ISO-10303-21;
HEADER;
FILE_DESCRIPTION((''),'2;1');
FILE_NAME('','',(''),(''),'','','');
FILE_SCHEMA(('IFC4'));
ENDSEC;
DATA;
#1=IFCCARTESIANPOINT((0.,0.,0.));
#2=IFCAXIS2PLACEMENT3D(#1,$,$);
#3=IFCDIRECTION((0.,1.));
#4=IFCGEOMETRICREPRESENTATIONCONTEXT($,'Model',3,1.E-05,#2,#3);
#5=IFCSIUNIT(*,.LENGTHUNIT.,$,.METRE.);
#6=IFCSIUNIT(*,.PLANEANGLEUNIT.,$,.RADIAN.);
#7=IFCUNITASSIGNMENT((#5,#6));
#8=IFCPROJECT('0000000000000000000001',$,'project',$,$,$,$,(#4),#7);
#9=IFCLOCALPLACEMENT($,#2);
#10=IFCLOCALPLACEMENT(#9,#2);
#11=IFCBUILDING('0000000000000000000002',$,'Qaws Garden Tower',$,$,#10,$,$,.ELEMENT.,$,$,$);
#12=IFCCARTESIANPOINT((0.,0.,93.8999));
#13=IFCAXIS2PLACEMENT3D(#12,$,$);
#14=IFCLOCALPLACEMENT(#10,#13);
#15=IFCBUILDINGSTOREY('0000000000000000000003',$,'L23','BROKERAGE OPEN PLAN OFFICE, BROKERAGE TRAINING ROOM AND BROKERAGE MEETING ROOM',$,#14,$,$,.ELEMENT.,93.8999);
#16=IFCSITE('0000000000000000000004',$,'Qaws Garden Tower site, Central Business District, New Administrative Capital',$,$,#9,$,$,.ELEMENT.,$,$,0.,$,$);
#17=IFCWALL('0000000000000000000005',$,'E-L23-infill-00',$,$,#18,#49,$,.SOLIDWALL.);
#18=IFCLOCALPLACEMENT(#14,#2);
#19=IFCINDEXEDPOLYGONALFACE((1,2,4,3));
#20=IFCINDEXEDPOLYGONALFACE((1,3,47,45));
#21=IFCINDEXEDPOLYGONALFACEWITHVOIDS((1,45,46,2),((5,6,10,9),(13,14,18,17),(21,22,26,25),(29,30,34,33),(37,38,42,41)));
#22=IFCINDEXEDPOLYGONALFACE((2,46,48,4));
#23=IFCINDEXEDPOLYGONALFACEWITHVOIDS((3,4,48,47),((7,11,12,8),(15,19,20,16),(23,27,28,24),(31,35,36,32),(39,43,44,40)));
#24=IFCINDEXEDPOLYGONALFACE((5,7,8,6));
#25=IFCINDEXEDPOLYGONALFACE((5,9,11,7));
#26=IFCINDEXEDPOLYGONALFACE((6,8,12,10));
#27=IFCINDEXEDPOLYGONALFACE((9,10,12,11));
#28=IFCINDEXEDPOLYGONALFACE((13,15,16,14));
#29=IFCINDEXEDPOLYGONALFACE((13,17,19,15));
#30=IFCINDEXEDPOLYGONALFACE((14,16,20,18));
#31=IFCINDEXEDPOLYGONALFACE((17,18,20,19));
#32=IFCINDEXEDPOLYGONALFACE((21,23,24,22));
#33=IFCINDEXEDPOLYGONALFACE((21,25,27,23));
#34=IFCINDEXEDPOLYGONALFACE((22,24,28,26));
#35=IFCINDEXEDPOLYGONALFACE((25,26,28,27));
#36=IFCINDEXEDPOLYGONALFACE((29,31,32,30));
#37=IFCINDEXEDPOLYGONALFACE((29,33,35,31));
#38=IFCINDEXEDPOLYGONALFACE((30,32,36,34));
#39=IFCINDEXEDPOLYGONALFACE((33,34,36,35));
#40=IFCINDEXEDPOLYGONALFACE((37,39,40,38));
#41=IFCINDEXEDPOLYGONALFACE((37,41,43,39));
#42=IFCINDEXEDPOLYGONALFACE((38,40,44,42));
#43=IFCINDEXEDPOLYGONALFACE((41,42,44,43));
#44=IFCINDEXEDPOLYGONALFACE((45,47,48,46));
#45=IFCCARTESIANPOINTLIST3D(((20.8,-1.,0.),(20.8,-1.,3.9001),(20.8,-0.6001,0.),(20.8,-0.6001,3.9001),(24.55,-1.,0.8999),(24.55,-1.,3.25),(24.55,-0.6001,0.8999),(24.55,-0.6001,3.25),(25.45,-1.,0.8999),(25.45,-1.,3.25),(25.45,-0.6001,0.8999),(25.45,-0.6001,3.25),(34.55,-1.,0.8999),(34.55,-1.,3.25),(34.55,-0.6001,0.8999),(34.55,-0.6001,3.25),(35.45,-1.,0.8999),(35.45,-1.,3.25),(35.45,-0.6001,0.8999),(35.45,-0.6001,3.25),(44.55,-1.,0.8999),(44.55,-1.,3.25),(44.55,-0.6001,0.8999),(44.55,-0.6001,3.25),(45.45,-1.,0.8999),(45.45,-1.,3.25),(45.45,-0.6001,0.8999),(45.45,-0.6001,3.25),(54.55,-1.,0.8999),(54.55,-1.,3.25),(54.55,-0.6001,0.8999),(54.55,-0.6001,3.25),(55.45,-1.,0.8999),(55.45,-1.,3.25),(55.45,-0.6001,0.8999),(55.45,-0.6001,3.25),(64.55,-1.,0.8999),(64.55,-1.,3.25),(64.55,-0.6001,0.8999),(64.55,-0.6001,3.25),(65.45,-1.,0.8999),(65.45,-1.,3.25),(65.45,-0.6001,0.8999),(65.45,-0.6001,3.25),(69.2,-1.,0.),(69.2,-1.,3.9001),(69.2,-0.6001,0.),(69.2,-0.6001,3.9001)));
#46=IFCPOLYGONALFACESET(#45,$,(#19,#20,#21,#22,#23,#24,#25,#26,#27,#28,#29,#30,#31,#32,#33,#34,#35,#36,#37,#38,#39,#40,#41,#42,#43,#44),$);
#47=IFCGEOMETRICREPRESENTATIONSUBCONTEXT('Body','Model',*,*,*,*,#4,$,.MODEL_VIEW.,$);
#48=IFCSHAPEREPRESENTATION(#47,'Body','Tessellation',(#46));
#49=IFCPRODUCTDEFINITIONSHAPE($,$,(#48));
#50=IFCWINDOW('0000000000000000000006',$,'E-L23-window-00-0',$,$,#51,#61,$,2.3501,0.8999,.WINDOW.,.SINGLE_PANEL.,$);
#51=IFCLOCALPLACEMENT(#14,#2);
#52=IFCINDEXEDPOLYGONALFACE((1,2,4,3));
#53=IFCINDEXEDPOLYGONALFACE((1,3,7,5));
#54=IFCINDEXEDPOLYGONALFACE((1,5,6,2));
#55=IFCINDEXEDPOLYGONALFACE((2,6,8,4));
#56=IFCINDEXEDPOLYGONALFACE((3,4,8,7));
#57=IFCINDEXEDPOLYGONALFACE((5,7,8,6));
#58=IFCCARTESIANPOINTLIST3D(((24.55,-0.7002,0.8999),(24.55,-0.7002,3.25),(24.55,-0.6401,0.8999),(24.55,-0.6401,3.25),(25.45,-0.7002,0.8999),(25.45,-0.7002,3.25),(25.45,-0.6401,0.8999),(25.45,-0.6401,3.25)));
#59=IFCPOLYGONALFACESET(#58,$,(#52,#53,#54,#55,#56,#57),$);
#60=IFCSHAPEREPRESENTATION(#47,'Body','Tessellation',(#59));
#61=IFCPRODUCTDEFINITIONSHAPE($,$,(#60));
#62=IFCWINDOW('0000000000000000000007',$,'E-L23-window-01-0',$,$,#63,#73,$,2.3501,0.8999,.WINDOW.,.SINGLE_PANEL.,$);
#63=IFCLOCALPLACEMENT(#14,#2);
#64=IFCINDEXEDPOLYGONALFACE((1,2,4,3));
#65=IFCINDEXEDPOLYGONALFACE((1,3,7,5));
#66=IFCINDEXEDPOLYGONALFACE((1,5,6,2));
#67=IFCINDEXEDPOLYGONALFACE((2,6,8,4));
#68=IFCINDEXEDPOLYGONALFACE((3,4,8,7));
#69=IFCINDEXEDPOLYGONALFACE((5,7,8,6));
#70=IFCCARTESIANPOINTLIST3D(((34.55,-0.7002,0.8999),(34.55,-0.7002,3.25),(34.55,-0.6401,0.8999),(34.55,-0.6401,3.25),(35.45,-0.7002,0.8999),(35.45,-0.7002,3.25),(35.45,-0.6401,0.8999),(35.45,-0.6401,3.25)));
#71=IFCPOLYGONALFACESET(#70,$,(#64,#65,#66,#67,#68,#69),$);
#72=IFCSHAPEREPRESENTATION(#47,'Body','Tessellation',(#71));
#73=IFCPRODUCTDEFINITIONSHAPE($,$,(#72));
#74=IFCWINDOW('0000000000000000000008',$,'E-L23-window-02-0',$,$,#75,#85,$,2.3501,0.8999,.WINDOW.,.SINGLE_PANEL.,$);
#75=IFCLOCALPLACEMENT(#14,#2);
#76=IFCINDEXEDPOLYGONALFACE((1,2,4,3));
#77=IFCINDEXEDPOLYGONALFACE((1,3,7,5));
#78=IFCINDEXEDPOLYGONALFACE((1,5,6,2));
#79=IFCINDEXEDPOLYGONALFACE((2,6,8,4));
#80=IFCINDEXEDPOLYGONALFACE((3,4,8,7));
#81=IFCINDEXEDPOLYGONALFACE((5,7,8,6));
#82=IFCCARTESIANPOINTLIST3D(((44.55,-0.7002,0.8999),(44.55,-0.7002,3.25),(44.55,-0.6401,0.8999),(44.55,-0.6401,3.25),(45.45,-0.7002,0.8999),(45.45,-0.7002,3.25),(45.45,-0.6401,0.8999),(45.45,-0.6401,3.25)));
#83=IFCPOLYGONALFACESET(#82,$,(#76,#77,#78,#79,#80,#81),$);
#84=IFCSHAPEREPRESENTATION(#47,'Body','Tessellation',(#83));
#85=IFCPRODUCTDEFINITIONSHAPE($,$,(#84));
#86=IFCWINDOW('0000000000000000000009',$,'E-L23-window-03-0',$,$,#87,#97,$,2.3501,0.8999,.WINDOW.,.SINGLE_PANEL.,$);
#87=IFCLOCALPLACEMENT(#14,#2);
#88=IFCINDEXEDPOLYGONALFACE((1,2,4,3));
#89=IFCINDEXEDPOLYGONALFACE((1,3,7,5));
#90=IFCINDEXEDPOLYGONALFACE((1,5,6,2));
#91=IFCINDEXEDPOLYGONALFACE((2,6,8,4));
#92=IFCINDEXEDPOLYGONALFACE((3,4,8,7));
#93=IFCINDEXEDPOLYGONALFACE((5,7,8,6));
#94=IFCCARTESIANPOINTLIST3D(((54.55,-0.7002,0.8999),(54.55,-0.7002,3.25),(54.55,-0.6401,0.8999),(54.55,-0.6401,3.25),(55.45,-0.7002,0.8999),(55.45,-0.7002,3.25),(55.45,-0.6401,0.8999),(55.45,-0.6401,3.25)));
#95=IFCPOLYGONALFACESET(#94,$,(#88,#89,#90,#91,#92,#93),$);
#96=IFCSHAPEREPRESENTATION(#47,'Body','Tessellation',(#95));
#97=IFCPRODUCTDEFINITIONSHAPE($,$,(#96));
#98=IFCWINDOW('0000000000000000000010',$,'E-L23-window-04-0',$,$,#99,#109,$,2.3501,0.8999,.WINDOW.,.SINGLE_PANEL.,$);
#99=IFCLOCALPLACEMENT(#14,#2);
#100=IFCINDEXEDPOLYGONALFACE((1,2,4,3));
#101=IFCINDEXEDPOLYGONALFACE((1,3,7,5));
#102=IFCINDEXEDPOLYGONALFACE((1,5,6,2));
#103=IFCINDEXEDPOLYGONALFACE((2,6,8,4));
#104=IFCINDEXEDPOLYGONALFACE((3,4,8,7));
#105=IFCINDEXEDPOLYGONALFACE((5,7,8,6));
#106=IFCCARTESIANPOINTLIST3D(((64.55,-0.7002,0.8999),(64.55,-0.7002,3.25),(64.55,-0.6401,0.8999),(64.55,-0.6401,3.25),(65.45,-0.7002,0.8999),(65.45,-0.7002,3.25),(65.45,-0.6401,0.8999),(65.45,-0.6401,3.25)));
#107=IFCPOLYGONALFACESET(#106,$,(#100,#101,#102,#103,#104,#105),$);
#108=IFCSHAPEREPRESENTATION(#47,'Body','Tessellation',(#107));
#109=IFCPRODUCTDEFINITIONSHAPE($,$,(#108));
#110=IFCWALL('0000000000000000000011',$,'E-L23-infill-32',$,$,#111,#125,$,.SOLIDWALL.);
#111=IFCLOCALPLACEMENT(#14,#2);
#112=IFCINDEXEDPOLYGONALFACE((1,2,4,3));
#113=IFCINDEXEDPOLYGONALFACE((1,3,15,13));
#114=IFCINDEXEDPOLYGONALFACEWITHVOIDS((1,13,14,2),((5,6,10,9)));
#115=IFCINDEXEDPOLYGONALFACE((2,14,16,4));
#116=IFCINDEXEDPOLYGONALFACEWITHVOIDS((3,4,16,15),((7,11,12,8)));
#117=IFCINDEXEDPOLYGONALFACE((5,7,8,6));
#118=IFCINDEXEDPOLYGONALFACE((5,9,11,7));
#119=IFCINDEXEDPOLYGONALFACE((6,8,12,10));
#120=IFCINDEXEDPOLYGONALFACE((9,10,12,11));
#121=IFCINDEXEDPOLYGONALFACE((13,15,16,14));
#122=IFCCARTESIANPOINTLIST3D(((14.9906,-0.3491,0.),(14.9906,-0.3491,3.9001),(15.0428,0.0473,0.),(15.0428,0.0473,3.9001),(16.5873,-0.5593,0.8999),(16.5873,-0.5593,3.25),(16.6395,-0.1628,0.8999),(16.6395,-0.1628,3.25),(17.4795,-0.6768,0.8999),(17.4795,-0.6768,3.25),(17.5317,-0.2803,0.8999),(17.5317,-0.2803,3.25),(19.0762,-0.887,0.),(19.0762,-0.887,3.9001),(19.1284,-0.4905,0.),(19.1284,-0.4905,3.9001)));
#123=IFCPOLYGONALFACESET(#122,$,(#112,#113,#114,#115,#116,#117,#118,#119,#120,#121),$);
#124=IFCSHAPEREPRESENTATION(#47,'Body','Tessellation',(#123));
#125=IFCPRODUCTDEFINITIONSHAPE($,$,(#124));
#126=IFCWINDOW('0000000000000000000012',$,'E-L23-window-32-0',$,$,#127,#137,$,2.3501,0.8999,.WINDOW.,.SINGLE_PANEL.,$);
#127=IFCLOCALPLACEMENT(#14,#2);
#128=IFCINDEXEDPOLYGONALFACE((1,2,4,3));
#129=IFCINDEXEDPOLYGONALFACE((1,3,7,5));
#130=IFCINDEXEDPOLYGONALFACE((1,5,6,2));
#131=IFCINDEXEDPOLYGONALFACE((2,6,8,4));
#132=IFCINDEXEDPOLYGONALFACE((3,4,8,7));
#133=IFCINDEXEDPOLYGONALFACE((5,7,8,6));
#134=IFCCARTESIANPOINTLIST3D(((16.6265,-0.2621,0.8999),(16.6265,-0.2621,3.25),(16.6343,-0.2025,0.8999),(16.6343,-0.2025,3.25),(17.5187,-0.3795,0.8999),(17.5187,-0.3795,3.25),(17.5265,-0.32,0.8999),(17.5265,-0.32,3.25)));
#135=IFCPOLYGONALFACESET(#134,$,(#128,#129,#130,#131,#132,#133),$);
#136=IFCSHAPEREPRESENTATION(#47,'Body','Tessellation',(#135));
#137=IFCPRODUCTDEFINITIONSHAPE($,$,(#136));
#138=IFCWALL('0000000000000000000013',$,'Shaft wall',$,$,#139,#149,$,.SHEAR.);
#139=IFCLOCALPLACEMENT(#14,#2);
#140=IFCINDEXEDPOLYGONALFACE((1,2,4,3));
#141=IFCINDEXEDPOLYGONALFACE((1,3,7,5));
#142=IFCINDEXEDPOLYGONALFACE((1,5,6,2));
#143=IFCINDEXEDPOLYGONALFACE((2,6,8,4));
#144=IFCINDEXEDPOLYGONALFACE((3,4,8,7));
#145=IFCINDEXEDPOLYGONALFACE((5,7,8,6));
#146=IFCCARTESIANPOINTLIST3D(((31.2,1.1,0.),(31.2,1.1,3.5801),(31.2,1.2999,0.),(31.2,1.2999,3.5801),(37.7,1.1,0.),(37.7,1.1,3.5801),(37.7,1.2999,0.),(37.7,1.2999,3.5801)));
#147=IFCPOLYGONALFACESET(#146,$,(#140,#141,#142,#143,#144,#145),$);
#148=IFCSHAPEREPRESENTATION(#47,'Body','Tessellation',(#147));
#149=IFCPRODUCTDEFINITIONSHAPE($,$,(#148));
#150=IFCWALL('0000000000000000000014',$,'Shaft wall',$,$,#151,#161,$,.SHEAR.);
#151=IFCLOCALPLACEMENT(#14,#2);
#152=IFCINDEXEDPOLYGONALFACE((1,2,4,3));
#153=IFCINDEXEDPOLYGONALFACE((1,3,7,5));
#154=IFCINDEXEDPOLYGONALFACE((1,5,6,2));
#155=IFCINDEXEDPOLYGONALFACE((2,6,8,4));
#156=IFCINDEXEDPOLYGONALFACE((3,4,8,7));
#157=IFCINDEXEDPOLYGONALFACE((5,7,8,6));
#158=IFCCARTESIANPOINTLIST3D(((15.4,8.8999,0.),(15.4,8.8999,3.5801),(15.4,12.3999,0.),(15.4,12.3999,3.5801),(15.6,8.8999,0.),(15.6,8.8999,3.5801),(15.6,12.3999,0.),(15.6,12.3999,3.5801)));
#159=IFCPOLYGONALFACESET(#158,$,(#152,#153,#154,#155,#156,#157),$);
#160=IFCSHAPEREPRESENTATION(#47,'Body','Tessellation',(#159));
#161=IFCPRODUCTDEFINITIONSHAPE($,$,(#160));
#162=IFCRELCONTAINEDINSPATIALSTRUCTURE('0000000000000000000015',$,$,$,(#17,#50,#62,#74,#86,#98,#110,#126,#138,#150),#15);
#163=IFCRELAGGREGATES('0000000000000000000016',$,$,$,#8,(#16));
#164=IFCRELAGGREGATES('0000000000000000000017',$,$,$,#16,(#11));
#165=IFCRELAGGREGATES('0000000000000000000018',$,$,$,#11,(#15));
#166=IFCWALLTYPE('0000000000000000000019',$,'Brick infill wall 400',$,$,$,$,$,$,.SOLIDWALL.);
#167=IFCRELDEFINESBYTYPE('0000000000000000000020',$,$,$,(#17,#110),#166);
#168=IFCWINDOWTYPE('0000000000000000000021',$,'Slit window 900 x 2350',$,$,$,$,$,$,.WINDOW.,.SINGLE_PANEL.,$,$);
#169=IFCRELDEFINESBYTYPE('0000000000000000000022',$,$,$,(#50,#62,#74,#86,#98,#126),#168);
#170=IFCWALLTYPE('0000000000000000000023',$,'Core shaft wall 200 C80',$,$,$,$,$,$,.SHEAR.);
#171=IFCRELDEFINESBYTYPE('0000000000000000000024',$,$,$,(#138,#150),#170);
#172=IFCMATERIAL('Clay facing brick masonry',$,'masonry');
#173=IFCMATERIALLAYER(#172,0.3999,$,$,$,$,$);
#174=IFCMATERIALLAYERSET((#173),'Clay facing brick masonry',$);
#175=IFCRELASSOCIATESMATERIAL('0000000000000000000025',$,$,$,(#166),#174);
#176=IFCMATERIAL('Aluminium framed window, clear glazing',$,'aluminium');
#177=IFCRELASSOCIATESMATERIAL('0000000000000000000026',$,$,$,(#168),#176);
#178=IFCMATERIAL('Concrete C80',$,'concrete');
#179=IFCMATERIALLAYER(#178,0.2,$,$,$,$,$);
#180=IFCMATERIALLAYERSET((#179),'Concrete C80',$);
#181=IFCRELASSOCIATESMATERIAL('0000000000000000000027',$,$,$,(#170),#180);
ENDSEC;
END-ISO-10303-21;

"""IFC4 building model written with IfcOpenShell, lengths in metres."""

from ifc_helpers import new_model, si_unit, direction, frame, frame_2d, origin, place, context, subcontext, project, spatial, rectangle, extrude, material, layer, layer_set, type_object, element, fill, save


model = new_model("IFC4")

# Units and contexts
model_context = context("Model", 3, precision=1e-05, world=origin(), true_north=direction((0.0, 1.0)))
body_context = subcontext(model_context, "Body", "Model", "MODEL_VIEW")
ifc_project = project(units=[si_unit("LENGTHUNIT", "METRE"), si_unit("PLANEANGLEUNIT", "RADIAN")], contexts=[model_context])

# Site, building, storey
site_placement = place(None, origin())
site = spatial("IfcSite", under=ifc_project, at=site_placement, Name="Qaws Garden Tower site, Central Business District, New Administrative Capital", CompositionType="ELEMENT", RefElevation=0.0)
building_placement = place(site_placement, origin())
building = spatial("IfcBuilding", under=site, at=building_placement, Name="Qaws Garden Tower", CompositionType="ELEMENT")
storey_placement = place(building_placement, frame((0.0, 0.0, 93.8999)))
storey = spatial("IfcBuildingStorey", under=building, at=storey_placement, Name="L23", Description="BROKERAGE OPEN PLAN OFFICE, BROKERAGE TRAINING ROOM AND BROKERAGE MEETING ROOM", CompositionType="ELEMENT", Elevation=93.8999)

# Wall, openings, windows
ifc_material_1 = material(Name="Clay facing brick masonry", Category="masonry")
ifc_layer_1 = layer(ifc_material_1, 0.3999)
ifc_layer_set_1 = layer_set([ifc_layer_1], Name="Clay facing brick masonry")
wall_type_1 = type_object("IfcWallType", Name="Brick infill wall 400", PredefinedType="SOLIDWALL", material=ifc_layer_set_1)
wall_1_placement = place(storey_placement, frame((20.8, -0.8, 0.0), z_axis=(0.0, 0.0, 1.0), x_axis=(1.0, 0.0, 0.0)))
wall_1 = element("IfcWall", 1, at=wall_1_placement, inside=storey, type_object=wall_type_1, Name="E-L23-infill-00", PredefinedType="SOLIDWALL", context=body_context, shape_type="SweptSolid", body=[
    extrude(rectangle(XDim=48.3999, YDim=0.3999, at=frame_2d((24.2, 0.0))), origin(), (0.0, 0.0, 1.0), 3.9001),
])
opening_1_placement = place(wall_1_placement, frame((3.75, 0.0, 0.8999)))
opening_1 = element("IfcOpeningElement", 2, at=opening_1_placement, cuts=wall_1, PredefinedType="OPENING", context=body_context, shape_type="SweptSolid", body=[
    extrude(rectangle(XDim=0.8999, YDim=2.3501, at=frame_2d((0.45, 1.175))), frame((0.0, 0.21, 0.0), z_axis=(0.0, -1.0, 0.0), x_axis=(1.0, 0.0, 0.0)), (0.0, 0.0, 1.0), 0.4199),
])
opening_2_placement = place(wall_1_placement, frame((13.75, 0.0, 0.8999)))
opening_2 = element("IfcOpeningElement", 3, at=opening_2_placement, cuts=wall_1, PredefinedType="OPENING", context=body_context, shape_type="SweptSolid", body=[
    extrude(rectangle(XDim=0.8999, YDim=2.3501, at=frame_2d((0.45, 1.175))), frame((0.0, 0.21, 0.0), z_axis=(0.0, -1.0, 0.0), x_axis=(1.0, 0.0, 0.0)), (0.0, 0.0, 1.0), 0.4199),
])
opening_3_placement = place(wall_1_placement, frame((23.75, 0.0, 0.8999)))
opening_3 = element("IfcOpeningElement", 4, at=opening_3_placement, cuts=wall_1, PredefinedType="OPENING", context=body_context, shape_type="SweptSolid", body=[
    extrude(rectangle(XDim=0.8999, YDim=2.3501, at=frame_2d((0.45, 1.175))), frame((0.0, 0.21, 0.0), z_axis=(0.0, -1.0, 0.0), x_axis=(1.0, 0.0, 0.0)), (0.0, 0.0, 1.0), 0.4199),
])
opening_4_placement = place(wall_1_placement, frame((33.75, 0.0, 0.8999)))
opening_4 = element("IfcOpeningElement", 5, at=opening_4_placement, cuts=wall_1, PredefinedType="OPENING", context=body_context, shape_type="SweptSolid", body=[
    extrude(rectangle(XDim=0.8999, YDim=2.3501, at=frame_2d((0.45, 1.175))), frame((0.0, 0.21, 0.0), z_axis=(0.0, -1.0, 0.0), x_axis=(1.0, 0.0, 0.0)), (0.0, 0.0, 1.0), 0.4199),
])
opening_5_placement = place(wall_1_placement, frame((43.75, 0.0, 0.8999)))
opening_5 = element("IfcOpeningElement", 6, at=opening_5_placement, cuts=wall_1, PredefinedType="OPENING", context=body_context, shape_type="SweptSolid", body=[
    extrude(rectangle(XDim=0.8999, YDim=2.3501, at=frame_2d((0.45, 1.175))), frame((0.0, 0.21, 0.0), z_axis=(0.0, -1.0, 0.0), x_axis=(1.0, 0.0, 0.0)), (0.0, 0.0, 1.0), 0.4199),
])
ifc_material_2 = material(Name="Aluminium framed window, clear glazing", Category="aluminium")
window_type = type_object("IfcWindowType", Name="Slit window 900 x 2350", PartitioningType="SINGLE_PANEL", PredefinedType="WINDOW", material=ifc_material_2)
window_1_placement = place(opening_1_placement, origin())
window_1 = element("IfcWindow", 7, at=window_1_placement, inside=storey, type_object=window_type, Name="E-L23-window-00-0", OverallHeight=2.3501, OverallWidth=0.8999, PartitioningType="SINGLE_PANEL", PredefinedType="WINDOW", context=body_context, shape_type="SweptSolid", body=[
    extrude(rectangle(XDim=0.8999, YDim=2.3501, at=frame_2d((0.45, 1.175))), frame((0.0, 0.1599, 0.0), z_axis=(0.0, -1.0, 0.0), x_axis=(1.0, 0.0, 0.0)), (0.0, 0.0, 1.0), 0.0601),
])
fill(opening_1, window_1)
window_2_placement = place(opening_2_placement, origin())
window_2 = element("IfcWindow", 8, at=window_2_placement, inside=storey, type_object=window_type, Name="E-L23-window-01-0", OverallHeight=2.3501, OverallWidth=0.8999, PartitioningType="SINGLE_PANEL", PredefinedType="WINDOW", context=body_context, shape_type="SweptSolid", body=[
    extrude(rectangle(XDim=0.8999, YDim=2.3501, at=frame_2d((0.45, 1.175))), frame((0.0, 0.1599, 0.0), z_axis=(0.0, -1.0, 0.0), x_axis=(1.0, 0.0, 0.0)), (0.0, 0.0, 1.0), 0.0601),
])
fill(opening_2, window_2)
window_3_placement = place(opening_3_placement, origin())
window_3 = element("IfcWindow", 9, at=window_3_placement, inside=storey, type_object=window_type, Name="E-L23-window-02-0", OverallHeight=2.3501, OverallWidth=0.8999, PartitioningType="SINGLE_PANEL", PredefinedType="WINDOW", context=body_context, shape_type="SweptSolid", body=[
    extrude(rectangle(XDim=0.8999, YDim=2.3501, at=frame_2d((0.45, 1.175))), frame((0.0, 0.1599, 0.0), z_axis=(0.0, -1.0, 0.0), x_axis=(1.0, 0.0, 0.0)), (0.0, 0.0, 1.0), 0.0601),
])
fill(opening_3, window_3)
window_4_placement = place(opening_4_placement, origin())
window_4 = element("IfcWindow", 10, at=window_4_placement, inside=storey, type_object=window_type, Name="E-L23-window-03-0", OverallHeight=2.3501, OverallWidth=0.8999, PartitioningType="SINGLE_PANEL", PredefinedType="WINDOW", context=body_context, shape_type="SweptSolid", body=[
    extrude(rectangle(XDim=0.8999, YDim=2.3501, at=frame_2d((0.45, 1.175))), frame((0.0, 0.1599, 0.0), z_axis=(0.0, -1.0, 0.0), x_axis=(1.0, 0.0, 0.0)), (0.0, 0.0, 1.0), 0.0601),
])
fill(opening_4, window_4)
window_5_placement = place(opening_5_placement, origin())
window_5 = element("IfcWindow", 11, at=window_5_placement, inside=storey, type_object=window_type, Name="E-L23-window-04-0", OverallHeight=2.3501, OverallWidth=0.8999, PartitioningType="SINGLE_PANEL", PredefinedType="WINDOW", context=body_context, shape_type="SweptSolid", body=[
    extrude(rectangle(XDim=0.8999, YDim=2.3501, at=frame_2d((0.45, 1.175))), frame((0.0, 0.1599, 0.0), z_axis=(0.0, -1.0, 0.0), x_axis=(1.0, 0.0, 0.0)), (0.0, 0.0, 1.0), 0.0601),
])
fill(opening_5, window_5)

# Wall, opening, window
wall_2_placement = place(storey_placement, frame((15.0166, -0.1509, 0.0), z_axis=(0.0, 0.0, 1.0), x_axis=(0.991446, -0.130514, 0.0)))
wall_2 = element("IfcWall", 12, at=wall_2_placement, inside=storey, type_object=wall_type_1, Name="E-L23-infill-32", PredefinedType="SOLIDWALL", context=body_context, shape_type="SweptSolid", body=[
    extrude(rectangle(XDim=4.1208, YDim=0.3999, at=frame_2d((2.0605, 0.0))), origin(), (0.0, 0.0, 1.0), 3.9001),
])
opening_6_placement = place(wall_2_placement, frame((1.6106, 0.0, 0.8999)))
opening_6 = element("IfcOpeningElement", 13, at=opening_6_placement, cuts=wall_2, PredefinedType="OPENING", context=body_context, shape_type="SweptSolid", body=[
    extrude(rectangle(XDim=0.8999, YDim=2.3501, at=frame_2d((0.45, 1.175))), frame((0.0, 0.21, 0.0), z_axis=(0.0, -1.0, 0.0), x_axis=(1.0, 0.0, 0.0)), (0.0, 0.0, 1.0), 0.4199),
])
window_6_placement = place(opening_6_placement, origin())
window_6 = element("IfcWindow", 14, at=window_6_placement, inside=storey, type_object=window_type, Name="E-L23-window-32-0", OverallHeight=2.3501, OverallWidth=0.8999, PartitioningType="SINGLE_PANEL", PredefinedType="WINDOW", context=body_context, shape_type="SweptSolid", body=[
    extrude(rectangle(XDim=0.8999, YDim=2.3501, at=frame_2d((0.45, 1.175))), frame((0.0, 0.1599, 0.0), z_axis=(0.0, -1.0, 0.0), x_axis=(1.0, 0.0, 0.0)), (0.0, 0.0, 1.0), 0.0601),
])
fill(opening_6, window_6)

# Walls
ifc_material_3 = material(Name="Concrete C80", Category="concrete")
ifc_layer_2 = layer(ifc_material_3, 0.2)
ifc_layer_set_2 = layer_set([ifc_layer_2], Name="Concrete C80")
wall_type_2 = type_object("IfcWallType", Name="Core shaft wall 200 C80", PredefinedType="SHEAR", material=ifc_layer_set_2)
wall_3_placement = place(storey_placement, frame((31.2, 1.2, 0.0), z_axis=(0.0, 0.0, 1.0), x_axis=(1.0, 0.0, 0.0)))
element("IfcWall", 15, at=wall_3_placement, inside=storey, type_object=wall_type_2, Name="Shaft wall", PredefinedType="SHEAR", context=body_context, shape_type="SweptSolid", body=[
    extrude(rectangle(XDim=6.5, YDim=0.2, at=frame_2d((3.25, 0.0))), origin(), (0.0, 0.0, 1.0), 3.5801),
])
for number, where, z_axis, x_axis, name in (
    (16, (15.5, 8.8999, 0.0), (0.0, 0.0, 1.0), (0.0, 1.0, 0.0), "Shaft wall"),
):
    element("IfcWall", number, at=place(storey_placement, frame(where, z_axis=z_axis, x_axis=x_axis)), inside=storey, type_object=wall_type_2, Name=name, PredefinedType="SHEAR", context=body_context, shape_type="SweptSolid", body=[
        extrude(rectangle(XDim=3.5, YDim=0.2, at=frame_2d((1.75, 0.0))), origin(), (0.0, 0.0, 1.0), 3.5801),
    ])

save(model, "model.ifc")
